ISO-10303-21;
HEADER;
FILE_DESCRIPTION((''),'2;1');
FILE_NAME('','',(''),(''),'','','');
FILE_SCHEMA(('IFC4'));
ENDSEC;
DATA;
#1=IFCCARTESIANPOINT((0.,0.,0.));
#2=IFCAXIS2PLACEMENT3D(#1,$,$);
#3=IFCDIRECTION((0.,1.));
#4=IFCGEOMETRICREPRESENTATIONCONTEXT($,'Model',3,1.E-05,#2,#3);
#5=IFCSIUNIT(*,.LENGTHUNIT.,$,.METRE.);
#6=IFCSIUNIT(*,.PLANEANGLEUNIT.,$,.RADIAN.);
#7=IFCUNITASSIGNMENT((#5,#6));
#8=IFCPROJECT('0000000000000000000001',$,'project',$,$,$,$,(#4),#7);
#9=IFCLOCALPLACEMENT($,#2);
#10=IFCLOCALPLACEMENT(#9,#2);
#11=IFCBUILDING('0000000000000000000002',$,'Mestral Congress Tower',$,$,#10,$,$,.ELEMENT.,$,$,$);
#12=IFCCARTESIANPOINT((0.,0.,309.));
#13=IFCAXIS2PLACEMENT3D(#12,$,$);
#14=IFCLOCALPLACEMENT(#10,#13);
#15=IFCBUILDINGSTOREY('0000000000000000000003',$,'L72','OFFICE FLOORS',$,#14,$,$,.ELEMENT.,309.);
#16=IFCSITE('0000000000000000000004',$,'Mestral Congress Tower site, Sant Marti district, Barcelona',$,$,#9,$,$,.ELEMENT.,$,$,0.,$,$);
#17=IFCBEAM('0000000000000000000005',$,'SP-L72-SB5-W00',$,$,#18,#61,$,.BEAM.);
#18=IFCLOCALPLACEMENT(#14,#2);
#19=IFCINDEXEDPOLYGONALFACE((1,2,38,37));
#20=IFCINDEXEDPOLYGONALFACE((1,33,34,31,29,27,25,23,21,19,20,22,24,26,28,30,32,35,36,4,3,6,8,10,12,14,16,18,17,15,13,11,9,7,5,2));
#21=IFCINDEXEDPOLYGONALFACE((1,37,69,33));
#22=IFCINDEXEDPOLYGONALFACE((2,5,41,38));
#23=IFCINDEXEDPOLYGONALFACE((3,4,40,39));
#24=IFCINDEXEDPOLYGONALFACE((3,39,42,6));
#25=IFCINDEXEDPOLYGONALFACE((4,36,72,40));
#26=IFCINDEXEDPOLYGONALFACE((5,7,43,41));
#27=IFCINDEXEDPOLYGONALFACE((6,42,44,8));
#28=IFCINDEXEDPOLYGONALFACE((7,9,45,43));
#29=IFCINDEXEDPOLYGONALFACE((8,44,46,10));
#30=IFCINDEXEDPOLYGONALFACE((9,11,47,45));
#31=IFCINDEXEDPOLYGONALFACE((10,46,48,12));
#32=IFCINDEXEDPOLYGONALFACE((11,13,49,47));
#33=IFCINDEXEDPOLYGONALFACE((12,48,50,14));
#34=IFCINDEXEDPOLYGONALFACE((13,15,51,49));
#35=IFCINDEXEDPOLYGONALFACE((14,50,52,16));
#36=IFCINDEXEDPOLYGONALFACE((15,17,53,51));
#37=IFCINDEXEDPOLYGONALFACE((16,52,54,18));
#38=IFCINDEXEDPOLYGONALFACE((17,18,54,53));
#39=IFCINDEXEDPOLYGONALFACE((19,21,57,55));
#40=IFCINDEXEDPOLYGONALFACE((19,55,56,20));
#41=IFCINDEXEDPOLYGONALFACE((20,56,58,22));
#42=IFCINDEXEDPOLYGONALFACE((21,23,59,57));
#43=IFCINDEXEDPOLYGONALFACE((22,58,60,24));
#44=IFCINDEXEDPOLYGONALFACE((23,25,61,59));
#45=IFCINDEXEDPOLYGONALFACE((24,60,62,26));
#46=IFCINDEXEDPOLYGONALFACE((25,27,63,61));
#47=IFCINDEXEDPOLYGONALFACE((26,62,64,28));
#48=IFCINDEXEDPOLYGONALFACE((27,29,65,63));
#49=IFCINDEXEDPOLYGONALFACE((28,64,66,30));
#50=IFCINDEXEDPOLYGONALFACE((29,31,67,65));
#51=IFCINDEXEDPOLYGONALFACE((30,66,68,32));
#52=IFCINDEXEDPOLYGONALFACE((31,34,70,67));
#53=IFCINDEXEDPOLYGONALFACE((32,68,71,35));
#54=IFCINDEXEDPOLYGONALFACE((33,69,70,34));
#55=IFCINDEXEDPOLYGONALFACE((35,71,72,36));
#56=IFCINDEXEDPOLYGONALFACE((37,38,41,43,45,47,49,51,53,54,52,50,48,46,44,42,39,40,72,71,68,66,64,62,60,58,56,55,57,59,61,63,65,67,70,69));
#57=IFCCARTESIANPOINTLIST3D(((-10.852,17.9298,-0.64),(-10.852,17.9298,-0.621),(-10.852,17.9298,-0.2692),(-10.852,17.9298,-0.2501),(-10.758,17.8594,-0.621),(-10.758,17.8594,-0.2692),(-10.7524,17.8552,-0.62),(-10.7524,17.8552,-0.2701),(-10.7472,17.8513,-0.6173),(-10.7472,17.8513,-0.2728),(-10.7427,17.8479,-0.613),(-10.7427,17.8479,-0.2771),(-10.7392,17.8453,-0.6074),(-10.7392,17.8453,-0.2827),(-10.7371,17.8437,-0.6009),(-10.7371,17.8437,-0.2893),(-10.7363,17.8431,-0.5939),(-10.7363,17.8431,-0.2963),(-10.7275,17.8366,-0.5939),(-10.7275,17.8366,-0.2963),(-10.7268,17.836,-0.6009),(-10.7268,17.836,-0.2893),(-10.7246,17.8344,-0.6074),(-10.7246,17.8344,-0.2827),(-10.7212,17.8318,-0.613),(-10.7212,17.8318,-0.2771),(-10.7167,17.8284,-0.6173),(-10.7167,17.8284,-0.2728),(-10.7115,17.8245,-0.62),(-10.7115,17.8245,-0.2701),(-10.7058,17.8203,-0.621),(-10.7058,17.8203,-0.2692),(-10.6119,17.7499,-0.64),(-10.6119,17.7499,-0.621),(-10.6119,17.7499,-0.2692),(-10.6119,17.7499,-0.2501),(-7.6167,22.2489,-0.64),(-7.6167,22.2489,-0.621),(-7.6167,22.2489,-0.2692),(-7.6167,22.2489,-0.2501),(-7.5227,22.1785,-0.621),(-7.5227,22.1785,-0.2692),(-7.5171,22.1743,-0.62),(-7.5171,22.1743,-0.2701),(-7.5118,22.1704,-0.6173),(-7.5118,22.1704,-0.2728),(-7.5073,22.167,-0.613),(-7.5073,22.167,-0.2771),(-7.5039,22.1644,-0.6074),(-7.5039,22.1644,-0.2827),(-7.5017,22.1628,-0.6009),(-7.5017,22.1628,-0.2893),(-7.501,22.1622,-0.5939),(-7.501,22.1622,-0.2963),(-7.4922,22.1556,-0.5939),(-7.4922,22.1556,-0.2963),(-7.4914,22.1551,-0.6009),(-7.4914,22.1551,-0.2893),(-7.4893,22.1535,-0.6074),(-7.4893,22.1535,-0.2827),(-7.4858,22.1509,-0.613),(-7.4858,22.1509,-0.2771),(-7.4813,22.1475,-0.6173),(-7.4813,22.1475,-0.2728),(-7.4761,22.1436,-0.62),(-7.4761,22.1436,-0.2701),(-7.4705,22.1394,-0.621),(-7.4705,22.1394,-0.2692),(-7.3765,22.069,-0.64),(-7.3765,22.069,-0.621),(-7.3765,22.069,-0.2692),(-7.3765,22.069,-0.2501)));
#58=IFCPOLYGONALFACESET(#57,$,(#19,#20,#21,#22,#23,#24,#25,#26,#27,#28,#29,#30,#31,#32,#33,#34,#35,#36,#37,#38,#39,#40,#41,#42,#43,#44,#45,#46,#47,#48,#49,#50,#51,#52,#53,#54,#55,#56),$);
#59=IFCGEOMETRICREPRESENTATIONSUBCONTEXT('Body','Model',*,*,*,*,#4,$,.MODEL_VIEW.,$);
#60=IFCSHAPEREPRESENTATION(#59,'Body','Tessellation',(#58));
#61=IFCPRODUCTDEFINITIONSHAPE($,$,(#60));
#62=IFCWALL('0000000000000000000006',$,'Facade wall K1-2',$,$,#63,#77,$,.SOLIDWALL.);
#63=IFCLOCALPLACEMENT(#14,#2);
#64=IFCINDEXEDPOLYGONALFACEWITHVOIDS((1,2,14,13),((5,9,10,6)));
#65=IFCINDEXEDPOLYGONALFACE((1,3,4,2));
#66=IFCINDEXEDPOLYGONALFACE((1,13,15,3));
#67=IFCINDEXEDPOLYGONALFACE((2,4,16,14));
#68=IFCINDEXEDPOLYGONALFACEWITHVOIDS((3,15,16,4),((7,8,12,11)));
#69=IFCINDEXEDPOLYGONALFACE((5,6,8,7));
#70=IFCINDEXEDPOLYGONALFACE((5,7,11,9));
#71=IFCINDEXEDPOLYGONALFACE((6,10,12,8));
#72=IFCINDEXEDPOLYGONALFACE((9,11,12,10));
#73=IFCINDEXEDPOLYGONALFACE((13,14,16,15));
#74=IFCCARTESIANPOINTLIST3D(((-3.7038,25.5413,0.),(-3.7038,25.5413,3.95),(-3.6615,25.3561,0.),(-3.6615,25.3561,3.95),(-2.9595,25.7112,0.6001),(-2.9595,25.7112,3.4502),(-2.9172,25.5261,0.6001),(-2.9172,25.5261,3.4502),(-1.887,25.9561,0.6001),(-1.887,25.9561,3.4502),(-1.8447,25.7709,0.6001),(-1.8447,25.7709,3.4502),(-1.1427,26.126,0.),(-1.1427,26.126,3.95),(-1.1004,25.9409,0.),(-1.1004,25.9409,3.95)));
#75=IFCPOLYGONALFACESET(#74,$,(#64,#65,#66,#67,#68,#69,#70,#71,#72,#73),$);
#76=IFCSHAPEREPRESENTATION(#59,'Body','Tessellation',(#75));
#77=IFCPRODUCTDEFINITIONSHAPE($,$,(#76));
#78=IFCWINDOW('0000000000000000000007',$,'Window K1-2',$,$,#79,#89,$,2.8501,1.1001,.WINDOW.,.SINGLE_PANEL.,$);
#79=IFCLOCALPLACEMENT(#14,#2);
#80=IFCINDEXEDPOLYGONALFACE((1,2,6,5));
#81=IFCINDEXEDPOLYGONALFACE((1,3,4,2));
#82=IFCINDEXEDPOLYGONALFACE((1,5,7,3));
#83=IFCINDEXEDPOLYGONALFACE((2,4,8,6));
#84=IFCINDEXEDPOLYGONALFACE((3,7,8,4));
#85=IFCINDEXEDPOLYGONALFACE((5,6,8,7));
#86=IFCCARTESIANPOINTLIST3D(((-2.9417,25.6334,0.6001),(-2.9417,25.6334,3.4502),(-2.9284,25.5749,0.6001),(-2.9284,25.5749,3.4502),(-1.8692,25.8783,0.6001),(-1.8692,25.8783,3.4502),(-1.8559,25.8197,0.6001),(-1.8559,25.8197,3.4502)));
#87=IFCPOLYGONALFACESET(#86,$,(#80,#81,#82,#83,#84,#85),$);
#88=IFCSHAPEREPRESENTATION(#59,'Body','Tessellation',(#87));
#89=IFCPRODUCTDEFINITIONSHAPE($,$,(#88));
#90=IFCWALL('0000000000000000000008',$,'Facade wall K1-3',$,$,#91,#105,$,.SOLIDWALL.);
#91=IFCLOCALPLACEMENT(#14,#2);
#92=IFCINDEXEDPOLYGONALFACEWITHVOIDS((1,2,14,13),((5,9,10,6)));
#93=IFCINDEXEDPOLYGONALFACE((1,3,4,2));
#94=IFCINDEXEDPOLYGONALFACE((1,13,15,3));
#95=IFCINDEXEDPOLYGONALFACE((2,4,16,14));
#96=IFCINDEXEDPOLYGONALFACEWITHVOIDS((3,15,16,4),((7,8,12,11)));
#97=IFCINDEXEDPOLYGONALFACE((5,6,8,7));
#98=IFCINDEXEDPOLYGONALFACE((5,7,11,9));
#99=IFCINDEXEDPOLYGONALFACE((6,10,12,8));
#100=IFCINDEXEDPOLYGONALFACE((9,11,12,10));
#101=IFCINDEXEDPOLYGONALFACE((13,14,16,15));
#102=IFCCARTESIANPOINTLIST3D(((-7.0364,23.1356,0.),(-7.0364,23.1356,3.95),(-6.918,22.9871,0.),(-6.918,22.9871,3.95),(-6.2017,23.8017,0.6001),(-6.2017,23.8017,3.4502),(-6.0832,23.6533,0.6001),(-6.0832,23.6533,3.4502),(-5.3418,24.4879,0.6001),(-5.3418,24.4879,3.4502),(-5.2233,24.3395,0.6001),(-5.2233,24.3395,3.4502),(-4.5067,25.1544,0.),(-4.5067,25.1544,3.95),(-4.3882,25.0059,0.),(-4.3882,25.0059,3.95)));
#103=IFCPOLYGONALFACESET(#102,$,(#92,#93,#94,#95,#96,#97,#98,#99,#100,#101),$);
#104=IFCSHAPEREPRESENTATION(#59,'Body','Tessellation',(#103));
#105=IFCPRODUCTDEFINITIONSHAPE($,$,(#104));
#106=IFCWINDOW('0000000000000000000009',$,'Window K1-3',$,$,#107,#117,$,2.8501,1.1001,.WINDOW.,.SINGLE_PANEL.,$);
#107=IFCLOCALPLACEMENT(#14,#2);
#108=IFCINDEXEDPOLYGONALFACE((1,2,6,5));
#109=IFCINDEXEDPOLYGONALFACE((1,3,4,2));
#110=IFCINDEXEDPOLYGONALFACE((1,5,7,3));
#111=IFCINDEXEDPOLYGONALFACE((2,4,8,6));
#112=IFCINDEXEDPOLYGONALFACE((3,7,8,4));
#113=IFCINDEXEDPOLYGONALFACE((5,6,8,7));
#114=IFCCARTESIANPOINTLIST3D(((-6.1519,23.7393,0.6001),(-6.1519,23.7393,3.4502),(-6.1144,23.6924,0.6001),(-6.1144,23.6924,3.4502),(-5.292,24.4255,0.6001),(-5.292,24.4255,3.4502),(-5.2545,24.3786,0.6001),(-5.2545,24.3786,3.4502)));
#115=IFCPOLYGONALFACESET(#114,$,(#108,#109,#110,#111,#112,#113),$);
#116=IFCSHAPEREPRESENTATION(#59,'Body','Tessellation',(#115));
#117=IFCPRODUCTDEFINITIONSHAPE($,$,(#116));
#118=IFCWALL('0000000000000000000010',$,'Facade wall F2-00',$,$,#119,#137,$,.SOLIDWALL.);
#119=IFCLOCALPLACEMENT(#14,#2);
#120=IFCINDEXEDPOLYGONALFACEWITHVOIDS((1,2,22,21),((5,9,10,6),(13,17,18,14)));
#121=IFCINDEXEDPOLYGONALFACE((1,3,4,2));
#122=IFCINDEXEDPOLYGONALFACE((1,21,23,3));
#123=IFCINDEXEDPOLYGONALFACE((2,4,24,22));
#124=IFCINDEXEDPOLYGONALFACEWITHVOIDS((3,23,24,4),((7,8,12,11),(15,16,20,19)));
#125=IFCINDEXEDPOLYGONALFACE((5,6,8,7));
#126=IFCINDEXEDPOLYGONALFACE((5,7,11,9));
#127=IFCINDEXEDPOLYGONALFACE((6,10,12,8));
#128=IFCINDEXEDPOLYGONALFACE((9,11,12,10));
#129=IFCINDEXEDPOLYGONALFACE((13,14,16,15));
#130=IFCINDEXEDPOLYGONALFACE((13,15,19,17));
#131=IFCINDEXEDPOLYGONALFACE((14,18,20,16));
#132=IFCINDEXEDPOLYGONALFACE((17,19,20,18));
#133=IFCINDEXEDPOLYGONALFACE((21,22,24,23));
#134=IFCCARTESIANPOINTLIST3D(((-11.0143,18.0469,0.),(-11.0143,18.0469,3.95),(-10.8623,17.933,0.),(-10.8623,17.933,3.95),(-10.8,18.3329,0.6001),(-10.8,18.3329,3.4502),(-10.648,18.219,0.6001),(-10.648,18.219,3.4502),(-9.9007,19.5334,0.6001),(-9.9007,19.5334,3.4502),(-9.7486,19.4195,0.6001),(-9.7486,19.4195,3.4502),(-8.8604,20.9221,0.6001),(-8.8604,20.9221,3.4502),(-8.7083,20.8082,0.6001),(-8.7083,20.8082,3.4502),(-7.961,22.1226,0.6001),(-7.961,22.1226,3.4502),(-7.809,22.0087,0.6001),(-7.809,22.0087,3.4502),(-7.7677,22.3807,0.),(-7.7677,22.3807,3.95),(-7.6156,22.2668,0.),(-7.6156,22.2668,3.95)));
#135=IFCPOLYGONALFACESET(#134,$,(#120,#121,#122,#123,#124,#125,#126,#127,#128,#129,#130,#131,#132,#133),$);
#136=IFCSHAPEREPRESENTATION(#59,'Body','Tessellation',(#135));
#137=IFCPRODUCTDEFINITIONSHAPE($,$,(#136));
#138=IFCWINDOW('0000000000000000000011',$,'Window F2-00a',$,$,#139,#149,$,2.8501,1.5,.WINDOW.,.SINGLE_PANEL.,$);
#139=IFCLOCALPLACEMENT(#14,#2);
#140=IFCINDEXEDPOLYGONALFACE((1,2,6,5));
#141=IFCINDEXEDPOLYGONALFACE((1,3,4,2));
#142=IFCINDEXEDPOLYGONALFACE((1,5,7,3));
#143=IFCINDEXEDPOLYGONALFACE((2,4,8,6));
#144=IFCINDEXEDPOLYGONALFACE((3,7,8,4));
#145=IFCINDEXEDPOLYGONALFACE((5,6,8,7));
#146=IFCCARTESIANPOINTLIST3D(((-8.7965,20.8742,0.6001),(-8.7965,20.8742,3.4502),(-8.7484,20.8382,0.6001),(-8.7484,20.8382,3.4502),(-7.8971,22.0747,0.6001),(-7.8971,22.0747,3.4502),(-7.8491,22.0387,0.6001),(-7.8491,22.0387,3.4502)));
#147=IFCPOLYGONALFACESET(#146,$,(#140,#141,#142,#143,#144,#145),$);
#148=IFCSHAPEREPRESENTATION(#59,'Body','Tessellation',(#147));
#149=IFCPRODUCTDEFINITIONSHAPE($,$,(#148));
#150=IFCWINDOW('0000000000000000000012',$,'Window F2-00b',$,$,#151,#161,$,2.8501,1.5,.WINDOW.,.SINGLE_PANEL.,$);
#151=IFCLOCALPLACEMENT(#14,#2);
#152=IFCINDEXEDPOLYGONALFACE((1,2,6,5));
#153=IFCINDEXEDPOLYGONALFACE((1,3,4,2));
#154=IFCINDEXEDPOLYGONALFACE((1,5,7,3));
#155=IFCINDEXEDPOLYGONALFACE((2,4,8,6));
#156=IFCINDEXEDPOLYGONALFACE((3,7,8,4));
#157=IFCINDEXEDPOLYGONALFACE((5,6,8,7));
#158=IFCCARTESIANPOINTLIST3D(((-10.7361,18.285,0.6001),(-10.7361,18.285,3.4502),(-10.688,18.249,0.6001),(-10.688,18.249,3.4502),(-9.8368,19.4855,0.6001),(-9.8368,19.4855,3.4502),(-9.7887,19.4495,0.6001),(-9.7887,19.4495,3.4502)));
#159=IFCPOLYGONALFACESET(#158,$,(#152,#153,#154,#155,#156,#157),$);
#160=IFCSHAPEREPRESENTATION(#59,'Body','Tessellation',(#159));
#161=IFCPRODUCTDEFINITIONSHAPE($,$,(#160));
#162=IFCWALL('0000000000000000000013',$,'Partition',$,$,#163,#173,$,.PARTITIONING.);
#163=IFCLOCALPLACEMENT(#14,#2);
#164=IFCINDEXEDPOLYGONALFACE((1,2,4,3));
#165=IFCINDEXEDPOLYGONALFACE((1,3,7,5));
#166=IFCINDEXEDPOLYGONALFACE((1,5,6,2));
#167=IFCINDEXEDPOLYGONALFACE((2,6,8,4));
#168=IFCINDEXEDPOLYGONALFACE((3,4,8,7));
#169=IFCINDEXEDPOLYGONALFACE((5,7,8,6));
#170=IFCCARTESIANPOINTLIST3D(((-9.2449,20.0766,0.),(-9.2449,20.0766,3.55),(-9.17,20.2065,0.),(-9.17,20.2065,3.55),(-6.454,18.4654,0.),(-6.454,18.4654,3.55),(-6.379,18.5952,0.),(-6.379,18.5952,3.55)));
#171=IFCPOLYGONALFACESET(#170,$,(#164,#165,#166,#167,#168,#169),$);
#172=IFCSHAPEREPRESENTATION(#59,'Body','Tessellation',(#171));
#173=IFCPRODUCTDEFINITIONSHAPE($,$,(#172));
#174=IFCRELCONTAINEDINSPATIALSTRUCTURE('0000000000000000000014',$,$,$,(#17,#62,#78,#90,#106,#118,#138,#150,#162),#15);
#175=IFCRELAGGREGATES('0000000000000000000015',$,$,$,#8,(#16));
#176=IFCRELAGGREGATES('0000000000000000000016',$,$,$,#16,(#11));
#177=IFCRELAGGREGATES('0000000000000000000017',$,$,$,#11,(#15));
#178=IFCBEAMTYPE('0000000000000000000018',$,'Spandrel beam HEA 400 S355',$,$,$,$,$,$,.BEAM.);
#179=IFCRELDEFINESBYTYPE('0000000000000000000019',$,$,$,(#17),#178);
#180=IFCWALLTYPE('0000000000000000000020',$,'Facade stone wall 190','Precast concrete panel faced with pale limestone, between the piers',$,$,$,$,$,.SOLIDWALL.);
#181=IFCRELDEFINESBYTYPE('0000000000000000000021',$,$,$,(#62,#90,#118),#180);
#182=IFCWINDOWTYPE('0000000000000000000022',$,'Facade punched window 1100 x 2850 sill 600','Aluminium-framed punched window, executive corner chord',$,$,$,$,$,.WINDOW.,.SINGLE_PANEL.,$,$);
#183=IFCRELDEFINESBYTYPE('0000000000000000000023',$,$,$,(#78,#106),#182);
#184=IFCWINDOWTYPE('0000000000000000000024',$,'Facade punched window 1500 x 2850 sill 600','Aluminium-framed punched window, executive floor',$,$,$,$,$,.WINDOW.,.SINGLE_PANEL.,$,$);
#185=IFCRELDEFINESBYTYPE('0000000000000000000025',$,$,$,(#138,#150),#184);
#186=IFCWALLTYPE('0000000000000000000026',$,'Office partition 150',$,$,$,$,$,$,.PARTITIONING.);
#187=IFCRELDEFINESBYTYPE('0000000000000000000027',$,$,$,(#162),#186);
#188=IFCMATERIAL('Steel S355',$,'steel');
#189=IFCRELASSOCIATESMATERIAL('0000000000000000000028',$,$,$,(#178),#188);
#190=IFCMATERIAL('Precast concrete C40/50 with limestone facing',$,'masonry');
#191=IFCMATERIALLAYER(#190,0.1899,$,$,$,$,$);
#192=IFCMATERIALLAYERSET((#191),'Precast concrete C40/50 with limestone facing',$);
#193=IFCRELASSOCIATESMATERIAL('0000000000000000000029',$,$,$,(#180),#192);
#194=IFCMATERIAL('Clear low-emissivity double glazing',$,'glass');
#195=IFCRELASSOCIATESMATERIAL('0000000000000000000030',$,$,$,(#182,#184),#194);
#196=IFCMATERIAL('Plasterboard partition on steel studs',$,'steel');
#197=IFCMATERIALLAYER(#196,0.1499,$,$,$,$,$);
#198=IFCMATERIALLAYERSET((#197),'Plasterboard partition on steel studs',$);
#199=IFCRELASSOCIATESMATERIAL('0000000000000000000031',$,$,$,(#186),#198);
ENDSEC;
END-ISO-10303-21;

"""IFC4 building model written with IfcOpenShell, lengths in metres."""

from ifc_helpers import new_model, si_unit, direction, frame, frame_2d, origin, origin_2d, place, context, subcontext, project, spatial, rectangle, i_section, extrude, material, layer, layer_set, material_profile, profile_set, type_object, element, fill, save


model = new_model("IFC4")

# Units and contexts
model_context = context("Model", 3, precision=1e-05, world=origin(), true_north=direction((0.0, 1.0)))
body_context = subcontext(model_context, "Body", "Model", "MODEL_VIEW")
ifc_project = project(units=[si_unit("LENGTHUNIT", "METRE"), si_unit("PLANEANGLEUNIT", "RADIAN")], contexts=[model_context])

# Site, building, storey
site_placement = place(None, origin())
site = spatial("IfcSite", under=ifc_project, at=site_placement, Name="Mestral Congress Tower site, Sant Marti district, Barcelona", CompositionType="ELEMENT", RefElevation=0.0)
building_placement = place(site_placement, origin())
building = spatial("IfcBuilding", under=site, at=building_placement, Name="Mestral Congress Tower", CompositionType="ELEMENT")
storey_placement = place(building_placement, frame((0.0, 0.0, 309.0)))
storey = spatial("IfcBuildingStorey", under=building, at=storey_placement, Name="L72", Description="OFFICE FLOORS", CompositionType="ELEMENT", Elevation=309.0)

# Beam
ifc_material_1 = material(Name="Steel S355", Category="steel")
ifc_material_profile_1 = material_profile(ifc_material_1, i_section(OverallWidth=0.3, OverallDepth=0.3899, WebThickness=0.011, FlangeThickness=0.019, FilletRadius=0.0271, at=origin_2d()), Name="HEA 400")
ifc_profile_set_1 = profile_set([ifc_material_profile_1], Name="Steel S355")
beam_type_1 = type_object("IfcBeamType", Name="Spandrel beam HEA 400 S355", PredefinedType="BEAM", material=ifc_profile_set_1)
beam_1_placement = place(storey_placement, frame((-7.4966, 22.1589, -0.4451), z_axis=(-0.599529, -0.800353, 0.0), x_axis=(0.800353, -0.599529, 0.0)))
element("IfcBeam", 1, at=beam_1_placement, inside=storey, type_object=beam_type_1, Name="SP-L72-SB5-W00", PredefinedType="BEAM", context=body_context, shape_type="SweptSolid", body=[
    extrude(i_section(OverallWidth=0.3, OverallDepth=0.3899, WebThickness=0.011, FlangeThickness=0.019, FilletRadius=0.0271, at=origin_2d()), origin(), (0.0, 0.0, 1.0), 5.3965),
])

# Walls, openings, windows
ifc_material_2 = material(Name="Precast concrete C40/50 with limestone facing", Category="masonry")
ifc_layer_1 = layer(ifc_material_2, 0.1899)
ifc_layer_set_1 = layer_set([ifc_layer_1], Name="Precast concrete C40/50 with limestone facing")
wall_type_1 = type_object("IfcWallType", Name="Facade stone wall 190", Description="Precast concrete panel faced with pale limestone, between the piers", PredefinedType="SOLIDWALL", material=ifc_layer_set_1)
wall_1_placement = place(storey_placement, frame((-1.1216, 26.0334, 0.0), z_axis=(0.0, 0.0, 1.0), x_axis=(-0.974913, -0.222585, 0.0)))
wall_1 = element("IfcWall", 2, at=wall_1_placement, inside=storey, type_object=wall_type_1, Name="Facade wall K1-2", PredefinedType="SOLIDWALL", context=body_context, shape_type="SweptSolid", body=[
    extrude(rectangle(XDim=2.627, YDim=0.1899, at=frame_2d((1.3135, 0.0))), origin(), (0.0, 0.0, 1.0), 3.95),
])
opening_1_placement = place(wall_1_placement, frame((0.7634, 0.0, 0.6001)))
opening_1 = element("IfcOpeningElement", 3, at=opening_1_placement, cuts=wall_1, PredefinedType="OPENING", context=body_context, shape_type="SweptSolid", body=[
    extrude(rectangle(XDim=1.1001, YDim=2.8501, at=frame_2d((0.55, 1.425))), frame((0.0, 0.105, 0.0), z_axis=(0.0, -1.0, 0.0), x_axis=(1.0, 0.0, 0.0)), (0.0, 0.0, 1.0), 0.21),
])
ifc_material_3 = material(Name="Clear low-emissivity double glazing", Category="glass")
window_type_1 = type_object("IfcWindowType", Name="Facade punched window 1100 x 2850 sill 600", Description="Aluminium-framed punched window, executive corner chord", PartitioningType="SINGLE_PANEL", PredefinedType="WINDOW", material=ifc_material_3)
window_1_placement = place(opening_1_placement, origin())
window_1 = element("IfcWindow", 4, at=window_1_placement, inside=storey, type_object=window_type_1, Name="Window K1-2", OverallHeight=2.8501, OverallWidth=1.1001, PartitioningType="SINGLE_PANEL", PredefinedType="WINDOW", context=body_context, shape_type="SweptSolid", body=[
    extrude(rectangle(XDim=1.1001, YDim=2.8501, at=frame_2d((0.55, 1.425))), frame((0.0, 0.0449, 0.0), z_axis=(0.0, -1.0, 0.0), x_axis=(1.0, 0.0, 0.0)), (0.0, 0.0, 1.0), 0.0601),
])
fill(opening_1, window_1)
wall_2_placement = place(storey_placement, frame((-4.4475, 25.0801, 0.0), z_axis=(0.0, 0.0, 1.0), x_axis=(-0.781626, -0.623747, 0.0)))
wall_2 = element("IfcWall", 5, at=wall_2_placement, inside=storey, type_object=wall_type_1, Name="Facade wall K1-3", PredefinedType="SOLIDWALL", context=body_context, shape_type="SweptSolid", body=[
    extrude(rectangle(XDim=3.2366, YDim=0.1899, at=frame_2d((1.6182, 0.0))), origin(), (0.0, 0.0, 1.0), 3.95),
])
opening_2_placement = place(wall_2_placement, frame((1.0684, 0.0, 0.6001)))
opening_2 = element("IfcOpeningElement", 6, at=opening_2_placement, cuts=wall_2, PredefinedType="OPENING", context=body_context, shape_type="SweptSolid", body=[
    extrude(rectangle(XDim=1.1001, YDim=2.8501, at=frame_2d((0.55, 1.425))), frame((0.0, 0.105, 0.0), z_axis=(0.0, -1.0, 0.0), x_axis=(1.0, 0.0, 0.0)), (0.0, 0.0, 1.0), 0.21),
])
window_2_placement = place(opening_2_placement, origin())
window_2 = element("IfcWindow", 7, at=window_2_placement, inside=storey, type_object=window_type_1, Name="Window K1-3", OverallHeight=2.8501, OverallWidth=1.1001, PartitioningType="SINGLE_PANEL", PredefinedType="WINDOW", context=body_context, shape_type="SweptSolid", body=[
    extrude(rectangle(XDim=1.1001, YDim=2.8501, at=frame_2d((0.55, 1.425))), frame((0.0, 0.0449, 0.0), z_axis=(0.0, -1.0, 0.0), x_axis=(1.0, 0.0, 0.0)), (0.0, 0.0, 1.0), 0.0601),
])
fill(opening_2, window_2)

# Wall, openings, windows
wall_3_placement = place(storey_placement, frame((-7.6917, 22.3237, 0.0), z_axis=(0.0, 0.0, 1.0), x_axis=(-0.59956, -0.80033, 0.0)))
wall_3 = element("IfcWall", 8, at=wall_3_placement, inside=storey, type_object=wall_type_1, Name="Facade wall F2-00", PredefinedType="SOLIDWALL", context=body_context, shape_type="SweptSolid", body=[
    extrude(rectangle(XDim=5.415, YDim=0.1899, at=frame_2d((2.7075, 0.0))), origin(), (0.0, 0.0, 1.0), 3.95),
])
opening_3_placement = place(wall_3_placement, frame((0.3225, 0.0, 0.6001)))
opening_3 = element("IfcOpeningElement", 9, at=opening_3_placement, cuts=wall_3, PredefinedType="OPENING", context=body_context, shape_type="SweptSolid", body=[
    extrude(rectangle(XDim=1.5, YDim=2.8501, at=frame_2d((0.75, 1.425))), frame((0.0, 0.105, 0.0), z_axis=(0.0, -1.0, 0.0), x_axis=(1.0, 0.0, 0.0)), (0.0, 0.0, 1.0), 0.21),
])
opening_4_placement = place(wall_3_placement, frame((3.5576, 0.0, 0.6001)))
opening_4 = element("IfcOpeningElement", 10, at=opening_4_placement, cuts=wall_3, PredefinedType="OPENING", context=body_context, shape_type="SweptSolid", body=[
    extrude(rectangle(XDim=1.5, YDim=2.8501, at=frame_2d((0.75, 1.425))), frame((0.0, 0.105, 0.0), z_axis=(0.0, -1.0, 0.0), x_axis=(1.0, 0.0, 0.0)), (0.0, 0.0, 1.0), 0.21),
])
window_type_2 = type_object("IfcWindowType", Name="Facade punched window 1500 x 2850 sill 600", Description="Aluminium-framed punched window, executive floor", PartitioningType="SINGLE_PANEL", PredefinedType="WINDOW", material=ifc_material_3)
window_3_placement = place(opening_3_placement, origin())
window_3 = element("IfcWindow", 11, at=window_3_placement, inside=storey, type_object=window_type_2, Name="Window F2-00a", OverallHeight=2.8501, OverallWidth=1.5, PartitioningType="SINGLE_PANEL", PredefinedType="WINDOW", context=body_context, shape_type="SweptSolid", body=[
    extrude(rectangle(XDim=1.5, YDim=2.8501, at=frame_2d((0.75, 1.425))), frame((0.0, 0.0449, 0.0), z_axis=(0.0, -1.0, 0.0), x_axis=(1.0, 0.0, 0.0)), (0.0, 0.0, 1.0), 0.0601),
])
fill(opening_3, window_3)
window_4_placement = place(opening_4_placement, origin())
window_4 = element("IfcWindow", 12, at=window_4_placement, inside=storey, type_object=window_type_2, Name="Window F2-00b", OverallHeight=2.8501, OverallWidth=1.5, PartitioningType="SINGLE_PANEL", PredefinedType="WINDOW", context=body_context, shape_type="SweptSolid", body=[
    extrude(rectangle(XDim=1.5, YDim=2.8501, at=frame_2d((0.75, 1.425))), frame((0.0, 0.0449, 0.0), z_axis=(0.0, -1.0, 0.0), x_axis=(1.0, 0.0, 0.0)), (0.0, 0.0, 1.0), 0.0601),
])
fill(opening_4, window_4)

# Wall
ifc_material_4 = material(Name="Plasterboard partition on steel studs", Category="steel")
ifc_layer_2 = layer(ifc_material_4, 0.1499)
ifc_layer_set_2 = layer_set([ifc_layer_2], Name="Plasterboard partition on steel studs")
wall_type_2 = type_object("IfcWallType", Name="Office partition 150", PredefinedType="PARTITIONING", material=ifc_layer_set_2)
wall_4_placement = place(storey_placement, frame((-6.4165, 18.5303, 0.0), z_axis=(0.0, 0.0, 1.0), x_axis=(-0.866034, 0.499985, 0.0)))
element("IfcWall", 13, at=wall_4_placement, inside=storey, type_object=wall_type_2, Name="Partition", PredefinedType="PARTITIONING", context=body_context, shape_type="SweptSolid", body=[
    extrude(rectangle(XDim=3.2227, YDim=0.1499, at=frame_2d((1.6113, 0.0))), origin(), (0.0, 0.0, 1.0), 3.55),
])

save(model, "model.ifc")
